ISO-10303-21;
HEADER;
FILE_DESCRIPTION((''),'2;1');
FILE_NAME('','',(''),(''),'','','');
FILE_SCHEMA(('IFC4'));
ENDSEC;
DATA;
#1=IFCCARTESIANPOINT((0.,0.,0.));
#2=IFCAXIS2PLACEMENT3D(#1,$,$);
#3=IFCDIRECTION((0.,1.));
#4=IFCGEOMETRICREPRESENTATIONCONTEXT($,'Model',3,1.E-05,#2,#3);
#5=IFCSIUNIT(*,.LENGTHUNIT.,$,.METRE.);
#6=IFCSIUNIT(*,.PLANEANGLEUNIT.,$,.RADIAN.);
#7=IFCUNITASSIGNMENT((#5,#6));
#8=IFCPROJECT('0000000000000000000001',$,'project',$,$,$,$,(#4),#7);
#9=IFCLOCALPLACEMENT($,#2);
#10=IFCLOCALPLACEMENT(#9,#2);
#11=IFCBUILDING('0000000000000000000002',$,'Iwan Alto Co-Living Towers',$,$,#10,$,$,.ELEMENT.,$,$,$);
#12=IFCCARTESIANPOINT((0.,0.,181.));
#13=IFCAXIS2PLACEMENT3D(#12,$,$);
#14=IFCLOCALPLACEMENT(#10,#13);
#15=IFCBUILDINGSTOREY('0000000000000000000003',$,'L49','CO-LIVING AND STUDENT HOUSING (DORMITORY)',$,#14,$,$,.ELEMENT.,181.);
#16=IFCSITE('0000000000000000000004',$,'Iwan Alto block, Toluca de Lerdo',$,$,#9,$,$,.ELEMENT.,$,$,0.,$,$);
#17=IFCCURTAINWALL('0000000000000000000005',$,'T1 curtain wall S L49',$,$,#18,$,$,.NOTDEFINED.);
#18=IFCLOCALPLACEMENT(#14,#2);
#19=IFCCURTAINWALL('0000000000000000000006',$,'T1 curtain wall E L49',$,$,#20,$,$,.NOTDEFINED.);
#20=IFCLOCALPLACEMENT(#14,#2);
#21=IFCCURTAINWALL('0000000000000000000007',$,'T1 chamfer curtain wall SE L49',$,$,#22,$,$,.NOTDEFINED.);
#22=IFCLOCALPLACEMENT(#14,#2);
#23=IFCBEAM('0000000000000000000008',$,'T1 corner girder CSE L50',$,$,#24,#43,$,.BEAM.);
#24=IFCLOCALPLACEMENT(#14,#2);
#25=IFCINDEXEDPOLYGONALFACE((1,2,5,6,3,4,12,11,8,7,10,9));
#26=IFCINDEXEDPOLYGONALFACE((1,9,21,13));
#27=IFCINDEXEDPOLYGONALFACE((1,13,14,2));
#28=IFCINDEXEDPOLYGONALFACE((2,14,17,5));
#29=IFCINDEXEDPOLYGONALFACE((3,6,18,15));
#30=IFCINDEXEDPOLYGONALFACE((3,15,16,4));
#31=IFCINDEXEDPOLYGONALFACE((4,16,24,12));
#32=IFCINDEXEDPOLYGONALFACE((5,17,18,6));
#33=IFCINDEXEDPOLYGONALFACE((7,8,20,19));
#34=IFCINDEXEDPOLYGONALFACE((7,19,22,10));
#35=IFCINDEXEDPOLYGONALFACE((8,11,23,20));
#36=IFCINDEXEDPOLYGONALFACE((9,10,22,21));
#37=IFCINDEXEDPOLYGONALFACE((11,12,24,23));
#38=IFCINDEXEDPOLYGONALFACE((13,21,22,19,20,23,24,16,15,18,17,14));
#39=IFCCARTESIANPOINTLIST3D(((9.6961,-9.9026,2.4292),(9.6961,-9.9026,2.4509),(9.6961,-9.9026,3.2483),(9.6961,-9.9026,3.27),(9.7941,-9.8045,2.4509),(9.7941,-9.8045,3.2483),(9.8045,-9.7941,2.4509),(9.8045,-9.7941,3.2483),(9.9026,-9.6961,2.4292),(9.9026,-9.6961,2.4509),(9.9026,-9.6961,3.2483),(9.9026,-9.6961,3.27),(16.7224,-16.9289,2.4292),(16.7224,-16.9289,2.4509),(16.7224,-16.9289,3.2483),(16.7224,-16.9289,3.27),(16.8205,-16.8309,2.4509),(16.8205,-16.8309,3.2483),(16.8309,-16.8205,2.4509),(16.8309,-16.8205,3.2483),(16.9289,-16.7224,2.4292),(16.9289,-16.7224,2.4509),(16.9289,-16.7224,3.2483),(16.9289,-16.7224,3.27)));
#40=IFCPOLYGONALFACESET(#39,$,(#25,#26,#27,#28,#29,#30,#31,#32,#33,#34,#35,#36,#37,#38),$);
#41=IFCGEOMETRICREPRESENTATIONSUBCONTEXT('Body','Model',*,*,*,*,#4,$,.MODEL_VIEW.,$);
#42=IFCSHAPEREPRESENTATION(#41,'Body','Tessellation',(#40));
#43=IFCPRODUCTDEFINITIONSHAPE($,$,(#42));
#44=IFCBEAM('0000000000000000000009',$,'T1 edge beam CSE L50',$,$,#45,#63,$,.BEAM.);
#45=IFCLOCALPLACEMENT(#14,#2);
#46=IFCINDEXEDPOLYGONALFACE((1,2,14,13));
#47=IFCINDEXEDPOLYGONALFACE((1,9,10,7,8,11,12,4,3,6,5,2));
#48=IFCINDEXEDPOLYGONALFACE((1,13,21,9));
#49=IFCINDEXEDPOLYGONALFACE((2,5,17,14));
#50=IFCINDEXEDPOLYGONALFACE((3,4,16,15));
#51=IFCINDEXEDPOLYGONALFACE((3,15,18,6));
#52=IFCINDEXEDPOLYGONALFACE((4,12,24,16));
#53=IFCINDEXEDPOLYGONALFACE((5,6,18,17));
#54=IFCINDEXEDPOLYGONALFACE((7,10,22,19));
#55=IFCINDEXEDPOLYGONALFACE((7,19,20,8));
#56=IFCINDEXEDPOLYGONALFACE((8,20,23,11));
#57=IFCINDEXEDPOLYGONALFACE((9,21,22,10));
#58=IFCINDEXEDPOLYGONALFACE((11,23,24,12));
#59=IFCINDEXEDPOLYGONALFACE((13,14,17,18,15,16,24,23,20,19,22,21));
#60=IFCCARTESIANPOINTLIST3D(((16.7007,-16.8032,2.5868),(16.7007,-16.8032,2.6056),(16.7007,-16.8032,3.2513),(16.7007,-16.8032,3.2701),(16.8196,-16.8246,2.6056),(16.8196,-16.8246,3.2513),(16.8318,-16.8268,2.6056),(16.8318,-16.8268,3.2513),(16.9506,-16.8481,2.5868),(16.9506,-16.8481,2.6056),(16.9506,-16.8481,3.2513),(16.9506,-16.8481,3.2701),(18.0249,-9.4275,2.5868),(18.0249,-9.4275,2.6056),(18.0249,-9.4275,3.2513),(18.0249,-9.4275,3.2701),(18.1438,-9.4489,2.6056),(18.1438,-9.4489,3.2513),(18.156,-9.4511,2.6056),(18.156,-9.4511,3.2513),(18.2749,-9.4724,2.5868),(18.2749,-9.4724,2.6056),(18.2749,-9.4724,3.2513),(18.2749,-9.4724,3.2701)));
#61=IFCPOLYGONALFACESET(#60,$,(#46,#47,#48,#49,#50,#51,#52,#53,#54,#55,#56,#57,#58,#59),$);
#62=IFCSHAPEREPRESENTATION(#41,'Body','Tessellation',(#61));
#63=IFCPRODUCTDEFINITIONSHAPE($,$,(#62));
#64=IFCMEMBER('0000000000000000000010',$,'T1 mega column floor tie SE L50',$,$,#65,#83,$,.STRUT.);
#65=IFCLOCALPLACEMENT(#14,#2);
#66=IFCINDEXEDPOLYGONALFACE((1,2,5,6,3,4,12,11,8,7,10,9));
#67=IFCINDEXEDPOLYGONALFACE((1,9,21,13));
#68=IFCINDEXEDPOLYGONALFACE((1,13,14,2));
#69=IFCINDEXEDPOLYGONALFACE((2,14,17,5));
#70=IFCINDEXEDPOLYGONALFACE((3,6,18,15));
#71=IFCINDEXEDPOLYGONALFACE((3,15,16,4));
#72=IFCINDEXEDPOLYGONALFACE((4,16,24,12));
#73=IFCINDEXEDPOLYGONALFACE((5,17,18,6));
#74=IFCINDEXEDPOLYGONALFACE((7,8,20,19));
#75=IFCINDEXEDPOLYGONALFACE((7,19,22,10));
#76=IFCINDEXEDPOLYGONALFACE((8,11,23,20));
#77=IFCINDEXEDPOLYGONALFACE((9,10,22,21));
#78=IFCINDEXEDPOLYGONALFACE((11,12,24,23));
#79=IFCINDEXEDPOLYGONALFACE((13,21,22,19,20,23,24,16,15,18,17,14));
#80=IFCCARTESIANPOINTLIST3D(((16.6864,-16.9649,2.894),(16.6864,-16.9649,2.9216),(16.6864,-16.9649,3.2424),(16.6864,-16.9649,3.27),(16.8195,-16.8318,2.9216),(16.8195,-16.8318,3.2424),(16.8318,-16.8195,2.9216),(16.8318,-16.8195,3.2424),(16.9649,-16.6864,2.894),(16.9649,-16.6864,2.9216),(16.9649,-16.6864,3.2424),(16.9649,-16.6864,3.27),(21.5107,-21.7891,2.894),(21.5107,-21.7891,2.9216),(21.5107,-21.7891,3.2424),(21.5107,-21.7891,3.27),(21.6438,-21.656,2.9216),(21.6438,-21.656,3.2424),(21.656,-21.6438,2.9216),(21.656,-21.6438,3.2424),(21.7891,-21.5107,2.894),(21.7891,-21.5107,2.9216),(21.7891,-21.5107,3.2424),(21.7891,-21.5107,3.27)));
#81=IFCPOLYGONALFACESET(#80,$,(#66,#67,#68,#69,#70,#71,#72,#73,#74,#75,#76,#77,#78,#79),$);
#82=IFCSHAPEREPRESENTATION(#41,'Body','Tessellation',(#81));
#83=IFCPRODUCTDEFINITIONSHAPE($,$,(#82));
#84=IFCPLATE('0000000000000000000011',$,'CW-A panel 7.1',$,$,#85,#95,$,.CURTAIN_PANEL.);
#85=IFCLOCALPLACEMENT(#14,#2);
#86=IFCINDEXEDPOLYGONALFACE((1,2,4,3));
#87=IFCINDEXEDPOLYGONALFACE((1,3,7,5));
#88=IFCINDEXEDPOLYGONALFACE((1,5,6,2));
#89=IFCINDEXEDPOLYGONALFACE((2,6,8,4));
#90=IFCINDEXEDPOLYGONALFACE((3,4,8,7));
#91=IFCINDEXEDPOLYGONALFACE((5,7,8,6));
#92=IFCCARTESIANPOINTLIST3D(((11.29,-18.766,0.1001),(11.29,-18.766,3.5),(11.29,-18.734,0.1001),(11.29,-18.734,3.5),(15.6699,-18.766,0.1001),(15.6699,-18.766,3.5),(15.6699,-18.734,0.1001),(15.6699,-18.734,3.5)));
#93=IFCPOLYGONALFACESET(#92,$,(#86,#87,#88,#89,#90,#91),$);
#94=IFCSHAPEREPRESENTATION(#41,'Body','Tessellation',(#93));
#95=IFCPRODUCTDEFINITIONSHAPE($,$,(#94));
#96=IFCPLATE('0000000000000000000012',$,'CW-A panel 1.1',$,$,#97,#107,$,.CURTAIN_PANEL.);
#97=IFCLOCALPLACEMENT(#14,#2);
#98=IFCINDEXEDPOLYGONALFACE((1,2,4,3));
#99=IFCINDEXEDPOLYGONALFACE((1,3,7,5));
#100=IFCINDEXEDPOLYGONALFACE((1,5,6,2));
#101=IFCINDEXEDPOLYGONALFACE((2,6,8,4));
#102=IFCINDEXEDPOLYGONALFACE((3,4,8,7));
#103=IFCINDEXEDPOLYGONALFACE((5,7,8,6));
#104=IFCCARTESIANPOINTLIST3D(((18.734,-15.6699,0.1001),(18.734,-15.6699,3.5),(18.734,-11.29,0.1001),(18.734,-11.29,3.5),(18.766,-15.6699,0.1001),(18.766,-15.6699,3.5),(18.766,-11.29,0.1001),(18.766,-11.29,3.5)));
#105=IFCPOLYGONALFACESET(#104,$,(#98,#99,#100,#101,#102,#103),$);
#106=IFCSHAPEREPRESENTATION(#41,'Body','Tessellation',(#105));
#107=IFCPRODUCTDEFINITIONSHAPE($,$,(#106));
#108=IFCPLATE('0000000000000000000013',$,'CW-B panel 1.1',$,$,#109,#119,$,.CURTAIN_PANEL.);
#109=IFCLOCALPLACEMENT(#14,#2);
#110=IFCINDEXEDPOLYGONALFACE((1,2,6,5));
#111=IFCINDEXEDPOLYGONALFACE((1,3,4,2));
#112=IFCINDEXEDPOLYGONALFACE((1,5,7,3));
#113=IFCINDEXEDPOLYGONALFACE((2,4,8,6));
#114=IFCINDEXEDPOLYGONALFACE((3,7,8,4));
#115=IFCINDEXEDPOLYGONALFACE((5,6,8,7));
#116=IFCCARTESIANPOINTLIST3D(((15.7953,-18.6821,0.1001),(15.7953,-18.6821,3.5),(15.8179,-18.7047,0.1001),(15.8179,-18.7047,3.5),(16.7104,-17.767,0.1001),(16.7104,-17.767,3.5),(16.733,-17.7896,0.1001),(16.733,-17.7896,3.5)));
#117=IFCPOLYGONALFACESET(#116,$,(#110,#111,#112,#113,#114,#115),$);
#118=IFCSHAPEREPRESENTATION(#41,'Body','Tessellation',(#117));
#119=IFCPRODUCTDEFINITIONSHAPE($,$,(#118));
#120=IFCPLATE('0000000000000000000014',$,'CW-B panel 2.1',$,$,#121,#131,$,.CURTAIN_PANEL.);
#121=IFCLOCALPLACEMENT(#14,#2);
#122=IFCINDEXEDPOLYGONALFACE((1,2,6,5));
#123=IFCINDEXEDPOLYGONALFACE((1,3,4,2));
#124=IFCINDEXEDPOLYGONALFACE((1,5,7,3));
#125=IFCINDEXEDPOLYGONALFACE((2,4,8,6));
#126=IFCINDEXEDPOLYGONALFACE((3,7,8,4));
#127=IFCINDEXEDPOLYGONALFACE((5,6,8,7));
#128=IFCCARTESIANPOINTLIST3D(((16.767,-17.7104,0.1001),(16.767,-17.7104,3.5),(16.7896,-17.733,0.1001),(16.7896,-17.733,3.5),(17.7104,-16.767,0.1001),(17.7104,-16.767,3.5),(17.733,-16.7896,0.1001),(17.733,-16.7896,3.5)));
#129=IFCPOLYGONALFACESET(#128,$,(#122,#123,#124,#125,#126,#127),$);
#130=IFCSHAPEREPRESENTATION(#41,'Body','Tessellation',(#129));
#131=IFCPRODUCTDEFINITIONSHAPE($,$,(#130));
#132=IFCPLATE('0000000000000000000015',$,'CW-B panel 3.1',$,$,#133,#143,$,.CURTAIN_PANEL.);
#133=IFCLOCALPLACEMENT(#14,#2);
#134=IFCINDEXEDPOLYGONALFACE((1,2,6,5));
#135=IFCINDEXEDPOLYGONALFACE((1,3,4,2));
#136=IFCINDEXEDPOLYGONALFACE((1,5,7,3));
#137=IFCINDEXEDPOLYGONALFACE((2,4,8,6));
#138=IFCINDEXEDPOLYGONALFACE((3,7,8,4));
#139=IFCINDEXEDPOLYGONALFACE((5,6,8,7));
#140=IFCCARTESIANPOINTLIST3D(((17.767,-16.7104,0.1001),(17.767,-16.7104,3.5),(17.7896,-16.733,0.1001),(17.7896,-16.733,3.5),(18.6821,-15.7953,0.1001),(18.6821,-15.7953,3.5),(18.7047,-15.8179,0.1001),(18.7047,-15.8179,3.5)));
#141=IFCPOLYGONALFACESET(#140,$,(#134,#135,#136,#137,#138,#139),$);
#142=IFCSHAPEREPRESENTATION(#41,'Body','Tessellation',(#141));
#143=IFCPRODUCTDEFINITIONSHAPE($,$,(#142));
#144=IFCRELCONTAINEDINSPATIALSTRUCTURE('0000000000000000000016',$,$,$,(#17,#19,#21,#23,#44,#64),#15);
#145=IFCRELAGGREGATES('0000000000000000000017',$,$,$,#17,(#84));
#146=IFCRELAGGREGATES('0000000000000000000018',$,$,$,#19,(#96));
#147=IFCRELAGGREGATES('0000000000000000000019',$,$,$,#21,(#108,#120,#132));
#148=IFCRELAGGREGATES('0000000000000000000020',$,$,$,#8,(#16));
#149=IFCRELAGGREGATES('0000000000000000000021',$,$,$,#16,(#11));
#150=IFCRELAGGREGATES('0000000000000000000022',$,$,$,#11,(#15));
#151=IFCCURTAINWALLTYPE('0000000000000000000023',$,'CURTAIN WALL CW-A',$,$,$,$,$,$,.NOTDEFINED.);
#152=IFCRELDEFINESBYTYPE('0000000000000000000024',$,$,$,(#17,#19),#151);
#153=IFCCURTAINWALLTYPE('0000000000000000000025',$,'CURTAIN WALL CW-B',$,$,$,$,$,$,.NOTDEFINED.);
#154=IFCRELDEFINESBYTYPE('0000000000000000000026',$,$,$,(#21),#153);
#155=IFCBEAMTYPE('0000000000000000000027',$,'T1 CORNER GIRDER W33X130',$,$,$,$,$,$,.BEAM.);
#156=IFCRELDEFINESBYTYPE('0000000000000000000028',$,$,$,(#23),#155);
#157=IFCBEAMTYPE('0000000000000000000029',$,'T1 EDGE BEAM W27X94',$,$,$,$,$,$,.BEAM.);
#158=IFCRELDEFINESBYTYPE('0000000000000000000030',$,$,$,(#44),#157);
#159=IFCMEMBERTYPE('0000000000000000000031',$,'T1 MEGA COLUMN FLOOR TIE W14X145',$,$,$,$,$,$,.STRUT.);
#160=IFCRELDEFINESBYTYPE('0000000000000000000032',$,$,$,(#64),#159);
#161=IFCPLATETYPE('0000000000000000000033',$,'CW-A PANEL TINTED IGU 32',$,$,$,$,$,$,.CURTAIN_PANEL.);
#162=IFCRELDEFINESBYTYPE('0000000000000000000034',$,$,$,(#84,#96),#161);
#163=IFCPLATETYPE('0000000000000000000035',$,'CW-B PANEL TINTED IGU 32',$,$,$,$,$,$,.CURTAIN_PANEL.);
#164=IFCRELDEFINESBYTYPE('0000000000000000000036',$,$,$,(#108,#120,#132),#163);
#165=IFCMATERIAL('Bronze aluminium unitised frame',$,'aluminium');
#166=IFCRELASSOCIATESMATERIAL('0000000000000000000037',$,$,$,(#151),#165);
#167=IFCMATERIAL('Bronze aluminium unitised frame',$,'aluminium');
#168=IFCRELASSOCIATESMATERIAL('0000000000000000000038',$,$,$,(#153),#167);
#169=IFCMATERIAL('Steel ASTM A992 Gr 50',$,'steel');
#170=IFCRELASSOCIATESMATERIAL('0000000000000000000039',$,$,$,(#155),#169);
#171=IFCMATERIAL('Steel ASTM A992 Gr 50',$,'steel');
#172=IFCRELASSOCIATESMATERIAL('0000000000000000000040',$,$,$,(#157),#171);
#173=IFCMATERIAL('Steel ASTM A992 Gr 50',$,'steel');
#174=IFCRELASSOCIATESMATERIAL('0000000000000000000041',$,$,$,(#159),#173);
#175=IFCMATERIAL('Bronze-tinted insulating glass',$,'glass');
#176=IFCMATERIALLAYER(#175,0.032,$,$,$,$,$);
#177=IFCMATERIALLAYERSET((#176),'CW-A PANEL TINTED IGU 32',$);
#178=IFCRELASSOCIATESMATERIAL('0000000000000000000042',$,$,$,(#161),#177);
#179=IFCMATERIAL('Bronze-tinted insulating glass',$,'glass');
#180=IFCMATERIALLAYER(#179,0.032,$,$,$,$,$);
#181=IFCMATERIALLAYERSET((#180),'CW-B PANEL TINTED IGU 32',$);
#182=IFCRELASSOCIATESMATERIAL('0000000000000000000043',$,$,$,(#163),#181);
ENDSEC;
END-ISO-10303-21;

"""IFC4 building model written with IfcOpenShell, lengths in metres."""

from ifc_helpers import new_model, si_unit, direction, frame, origin, origin_2d, place, context, subcontext, project, spatial, rectangle, i_section, extrude, material, layer, layer_set, material_profile, profile_set, type_object, element, aggregate, save


model = new_model("IFC4")

# Units and contexts
model_context = context("Model", 3, precision=1e-05, world=origin(), true_north=direction((0.0, 1.0)))
body_context = subcontext(model_context, "Body", "Model", "MODEL_VIEW")
ifc_project = project(units=[si_unit("LENGTHUNIT", "METRE"), si_unit("PLANEANGLEUNIT", "RADIAN")], contexts=[model_context])

# Site, building, storey
site_placement = place(None, origin())
site = spatial("IfcSite", under=ifc_project, at=site_placement, Name="Iwan Alto block, Toluca de Lerdo", CompositionType="ELEMENT", RefElevation=0.0)
building_placement = place(site_placement, origin())
building = spatial("IfcBuilding", under=site, at=building_placement, Name="Iwan Alto Co-Living Towers", CompositionType="ELEMENT")
storey_placement = place(building_placement, frame((0.0, 0.0, 181.0)))
storey = spatial("IfcBuildingStorey", under=building, at=storey_placement, Name="L49", Description="CO-LIVING AND STUDENT HOUSING (DORMITORY)", CompositionType="ELEMENT", Elevation=181.0)

# Curtain wall
ifc_material_1 = material(Name="Bronze aluminium unitised frame", Category="aluminium")
curtain_wall_type_1 = type_object("IfcCurtainWallType", Name="CURTAIN WALL CW-A", PredefinedType="NOTDEFINED", material=ifc_material_1)
curtain_wall_1_placement = place(storey_placement, origin())
curtain_wall_1 = element("IfcCurtainWall", 1, at=curtain_wall_1_placement, inside=storey, type_object=curtain_wall_type_1, Name="T1 curtain wall S L49", PredefinedType="NOTDEFINED")

# Curtain walls
curtain_wall_2_placement = place(storey_placement, origin())
curtain_wall_2 = element("IfcCurtainWall", 2, at=curtain_wall_2_placement, inside=storey, type_object=curtain_wall_type_1, Name="T1 curtain wall E L49", PredefinedType="NOTDEFINED")
ifc_material_2 = material(Name="Bronze aluminium unitised frame", Category="aluminium")
curtain_wall_type_2 = type_object("IfcCurtainWallType", Name="CURTAIN WALL CW-B", PredefinedType="NOTDEFINED", material=ifc_material_2)
curtain_wall_3_placement = place(storey_placement, origin())
curtain_wall_3 = element("IfcCurtainWall", 3, at=curtain_wall_3_placement, inside=storey, type_object=curtain_wall_type_2, Name="T1 chamfer curtain wall SE L49", PredefinedType="NOTDEFINED")

# Beams
ifc_material_3 = material(Name="Steel ASTM A992 Gr 50", Category="steel")
ifc_material_profile_1 = material_profile(ifc_material_3, i_section(OverallWidth=0.292, OverallDepth=0.8408, WebThickness=0.0146, FlangeThickness=0.0217, at=origin_2d()), Name="W33X130")
ifc_profile_set_1 = profile_set([ifc_material_profile_1], Name="Steel ASTM A992 Gr 50")
beam_type_1 = type_object("IfcBeamType", Name="T1 CORNER GIRDER W33X130", PredefinedType="BEAM", material=ifc_profile_set_1)
beam_1_placement = place(storey_placement, frame((16.8257, -16.8257, 2.8496), z_axis=(-0.707107, 0.707107, 0.0), x_axis=(-0.707107, -0.707107, 0.0)))
element("IfcBeam", 4, at=beam_1_placement, inside=storey, type_object=beam_type_1, Name="T1 corner girder CSE L50", PredefinedType="BEAM", context=body_context, shape_type="SweptSolid", body=[
    extrude(i_section(OverallWidth=0.292, OverallDepth=0.8408, WebThickness=0.0146, FlangeThickness=0.0217, at=origin_2d()), origin(), (0.0, 0.0, 1.0), 9.9368),
])
ifc_material_4 = material(Name="Steel ASTM A992 Gr 50", Category="steel")
ifc_material_profile_2 = material_profile(ifc_material_4, i_section(OverallWidth=0.2539, OverallDepth=0.6833, WebThickness=0.0125, FlangeThickness=0.0188, at=origin_2d()), Name="W27X94")
ifc_profile_set_2 = profile_set([ifc_material_profile_2], Name="Steel ASTM A992 Gr 50")
beam_type_2 = type_object("IfcBeamType", Name="T1 EDGE BEAM W27X94", PredefinedType="BEAM", material=ifc_profile_set_2)
beam_2_placement = place(storey_placement, frame((16.8257, -16.8257, 2.9285), z_axis=(0.176712, 0.984263, 0.0), x_axis=(-0.984263, 0.176712, 0.0)))
element("IfcBeam", 5, at=beam_2_placement, inside=storey, type_object=beam_type_2, Name="T1 edge beam CSE L50", PredefinedType="BEAM", context=body_context, shape_type="SweptSolid", body=[
    extrude(i_section(OverallWidth=0.2539, OverallDepth=0.6833, WebThickness=0.0125, FlangeThickness=0.0188, at=origin_2d()), origin(), (0.0, 0.0, 1.0), 7.4937),
])

# Member
ifc_material_5 = material(Name="Steel ASTM A992 Gr 50", Category="steel")
ifc_material_profile_3 = material_profile(ifc_material_5, i_section(OverallWidth=0.3938, OverallDepth=0.376, WebThickness=0.0173, FlangeThickness=0.0276, at=origin_2d()), Name="W14X145")
ifc_profile_set_3 = profile_set([ifc_material_profile_3], Name="Steel ASTM A992 Gr 50")
member_type_1 = type_object("IfcMemberType", Name="T1 MEGA COLUMN FLOOR TIE W14X145", PredefinedType="STRUT", material=ifc_profile_set_3)
member_1_placement = place(storey_placement, frame((21.6499, -21.6499, 3.082), z_axis=(-0.707107, 0.707107, 0.0), x_axis=(-0.707107, -0.707107, 0.0)))
element("IfcMember", 6, at=member_1_placement, inside=storey, type_object=member_type_1, Name="T1 mega column floor tie SE L50", PredefinedType="STRUT", context=body_context, shape_type="SweptSolid", body=[
    extrude(i_section(OverallWidth=0.3938, OverallDepth=0.376, WebThickness=0.0173, FlangeThickness=0.0276, at=origin_2d()), origin(), (0.0, 0.0, 1.0), 6.8225),
])

# Plates
ifc_material_6 = material(Name="Bronze-tinted insulating glass", Category="glass")
ifc_layer_1 = layer(ifc_material_6, 0.032)
ifc_layer_set_1 = layer_set([ifc_layer_1], Name="CW-A PANEL TINTED IGU 32")
plate_type_1 = type_object("IfcPlateType", Name="CW-A PANEL TINTED IGU 32", PredefinedType="CURTAIN_PANEL", material=ifc_layer_set_1)
plate_1_placement = place(storey_placement, frame((13.48, -18.75, 0.1001), z_axis=(0.0, 0.0, 1.0), x_axis=(1.0, 0.0, 0.0)))
plate_1 = element("IfcPlate", 7, at=plate_1_placement, type_object=plate_type_1, Name="CW-A panel 7.1", PredefinedType="CURTAIN_PANEL", context=body_context, shape_type="SweptSolid", body=[
    extrude(rectangle(XDim=4.3799, YDim=0.032, at=origin_2d()), origin(), (0.0, 0.0, 1.0), 3.3999),
])
aggregate(curtain_wall_1, [plate_1])
plate_2_placement = place(storey_placement, frame((18.75, -13.48, 0.1001), z_axis=(0.0, 0.0, 1.0), x_axis=(0.0, 1.0, 0.0)))
plate_2 = element("IfcPlate", 8, at=plate_2_placement, type_object=plate_type_1, Name="CW-A panel 1.1", PredefinedType="CURTAIN_PANEL", context=body_context, shape_type="SweptSolid", body=[
    extrude(rectangle(XDim=4.3799, YDim=0.032, at=origin_2d()), origin(), (0.0, 0.0, 1.0), 3.3999),
])
aggregate(curtain_wall_2, [plate_2])
ifc_material_7 = material(Name="Bronze-tinted insulating glass", Category="glass")
ifc_layer_2 = layer(ifc_material_7, 0.032)
ifc_layer_set_2 = layer_set([ifc_layer_2], Name="CW-B PANEL TINTED IGU 32")
plate_type_2 = type_object("IfcPlateType", Name="CW-B PANEL TINTED IGU 32", PredefinedType="CURTAIN_PANEL", material=ifc_layer_set_2)
plate_3_placement = place(storey_placement, frame((16.2642, -18.2358, 0.1001), z_axis=(0.0, 0.0, 1.0), x_axis=(0.707107, 0.707107, 0.0)))
plate_3 = element("IfcPlate", 9, at=plate_3_placement, type_object=plate_type_2, Name="CW-B panel 1.1", PredefinedType="CURTAIN_PANEL", context=body_context, shape_type="SweptSolid", body=[
    extrude(rectangle(XDim=1.2942, YDim=0.032, at=origin_2d()), origin(), (0.0, 0.0, 1.0), 3.3999),
])
plate_4_placement = place(storey_placement, frame((17.25, -17.25, 0.1001), z_axis=(0.0, 0.0, 1.0), x_axis=(0.707107, 0.707107, 0.0)))
plate_4 = element("IfcPlate", 10, at=plate_4_placement, type_object=plate_type_2, Name="CW-B panel 2.1", PredefinedType="CURTAIN_PANEL", context=body_context, shape_type="SweptSolid", body=[
    extrude(rectangle(XDim=1.3342, YDim=0.032, at=origin_2d()), origin(), (0.0, 0.0, 1.0), 3.3999),
])
plate_5_placement = place(storey_placement, frame((18.2358, -16.2642, 0.1001), z_axis=(0.0, 0.0, 1.0), x_axis=(0.707107, 0.707107, 0.0)))
plate_5 = element("IfcPlate", 11, at=plate_5_placement, type_object=plate_type_2, Name="CW-B panel 3.1", PredefinedType="CURTAIN_PANEL", context=body_context, shape_type="SweptSolid", body=[
    extrude(rectangle(XDim=1.2942, YDim=0.032, at=origin_2d()), origin(), (0.0, 0.0, 1.0), 3.3999),
])
aggregate(curtain_wall_3, [plate_3, plate_4, plate_5])

save(model, "model.ifc")
